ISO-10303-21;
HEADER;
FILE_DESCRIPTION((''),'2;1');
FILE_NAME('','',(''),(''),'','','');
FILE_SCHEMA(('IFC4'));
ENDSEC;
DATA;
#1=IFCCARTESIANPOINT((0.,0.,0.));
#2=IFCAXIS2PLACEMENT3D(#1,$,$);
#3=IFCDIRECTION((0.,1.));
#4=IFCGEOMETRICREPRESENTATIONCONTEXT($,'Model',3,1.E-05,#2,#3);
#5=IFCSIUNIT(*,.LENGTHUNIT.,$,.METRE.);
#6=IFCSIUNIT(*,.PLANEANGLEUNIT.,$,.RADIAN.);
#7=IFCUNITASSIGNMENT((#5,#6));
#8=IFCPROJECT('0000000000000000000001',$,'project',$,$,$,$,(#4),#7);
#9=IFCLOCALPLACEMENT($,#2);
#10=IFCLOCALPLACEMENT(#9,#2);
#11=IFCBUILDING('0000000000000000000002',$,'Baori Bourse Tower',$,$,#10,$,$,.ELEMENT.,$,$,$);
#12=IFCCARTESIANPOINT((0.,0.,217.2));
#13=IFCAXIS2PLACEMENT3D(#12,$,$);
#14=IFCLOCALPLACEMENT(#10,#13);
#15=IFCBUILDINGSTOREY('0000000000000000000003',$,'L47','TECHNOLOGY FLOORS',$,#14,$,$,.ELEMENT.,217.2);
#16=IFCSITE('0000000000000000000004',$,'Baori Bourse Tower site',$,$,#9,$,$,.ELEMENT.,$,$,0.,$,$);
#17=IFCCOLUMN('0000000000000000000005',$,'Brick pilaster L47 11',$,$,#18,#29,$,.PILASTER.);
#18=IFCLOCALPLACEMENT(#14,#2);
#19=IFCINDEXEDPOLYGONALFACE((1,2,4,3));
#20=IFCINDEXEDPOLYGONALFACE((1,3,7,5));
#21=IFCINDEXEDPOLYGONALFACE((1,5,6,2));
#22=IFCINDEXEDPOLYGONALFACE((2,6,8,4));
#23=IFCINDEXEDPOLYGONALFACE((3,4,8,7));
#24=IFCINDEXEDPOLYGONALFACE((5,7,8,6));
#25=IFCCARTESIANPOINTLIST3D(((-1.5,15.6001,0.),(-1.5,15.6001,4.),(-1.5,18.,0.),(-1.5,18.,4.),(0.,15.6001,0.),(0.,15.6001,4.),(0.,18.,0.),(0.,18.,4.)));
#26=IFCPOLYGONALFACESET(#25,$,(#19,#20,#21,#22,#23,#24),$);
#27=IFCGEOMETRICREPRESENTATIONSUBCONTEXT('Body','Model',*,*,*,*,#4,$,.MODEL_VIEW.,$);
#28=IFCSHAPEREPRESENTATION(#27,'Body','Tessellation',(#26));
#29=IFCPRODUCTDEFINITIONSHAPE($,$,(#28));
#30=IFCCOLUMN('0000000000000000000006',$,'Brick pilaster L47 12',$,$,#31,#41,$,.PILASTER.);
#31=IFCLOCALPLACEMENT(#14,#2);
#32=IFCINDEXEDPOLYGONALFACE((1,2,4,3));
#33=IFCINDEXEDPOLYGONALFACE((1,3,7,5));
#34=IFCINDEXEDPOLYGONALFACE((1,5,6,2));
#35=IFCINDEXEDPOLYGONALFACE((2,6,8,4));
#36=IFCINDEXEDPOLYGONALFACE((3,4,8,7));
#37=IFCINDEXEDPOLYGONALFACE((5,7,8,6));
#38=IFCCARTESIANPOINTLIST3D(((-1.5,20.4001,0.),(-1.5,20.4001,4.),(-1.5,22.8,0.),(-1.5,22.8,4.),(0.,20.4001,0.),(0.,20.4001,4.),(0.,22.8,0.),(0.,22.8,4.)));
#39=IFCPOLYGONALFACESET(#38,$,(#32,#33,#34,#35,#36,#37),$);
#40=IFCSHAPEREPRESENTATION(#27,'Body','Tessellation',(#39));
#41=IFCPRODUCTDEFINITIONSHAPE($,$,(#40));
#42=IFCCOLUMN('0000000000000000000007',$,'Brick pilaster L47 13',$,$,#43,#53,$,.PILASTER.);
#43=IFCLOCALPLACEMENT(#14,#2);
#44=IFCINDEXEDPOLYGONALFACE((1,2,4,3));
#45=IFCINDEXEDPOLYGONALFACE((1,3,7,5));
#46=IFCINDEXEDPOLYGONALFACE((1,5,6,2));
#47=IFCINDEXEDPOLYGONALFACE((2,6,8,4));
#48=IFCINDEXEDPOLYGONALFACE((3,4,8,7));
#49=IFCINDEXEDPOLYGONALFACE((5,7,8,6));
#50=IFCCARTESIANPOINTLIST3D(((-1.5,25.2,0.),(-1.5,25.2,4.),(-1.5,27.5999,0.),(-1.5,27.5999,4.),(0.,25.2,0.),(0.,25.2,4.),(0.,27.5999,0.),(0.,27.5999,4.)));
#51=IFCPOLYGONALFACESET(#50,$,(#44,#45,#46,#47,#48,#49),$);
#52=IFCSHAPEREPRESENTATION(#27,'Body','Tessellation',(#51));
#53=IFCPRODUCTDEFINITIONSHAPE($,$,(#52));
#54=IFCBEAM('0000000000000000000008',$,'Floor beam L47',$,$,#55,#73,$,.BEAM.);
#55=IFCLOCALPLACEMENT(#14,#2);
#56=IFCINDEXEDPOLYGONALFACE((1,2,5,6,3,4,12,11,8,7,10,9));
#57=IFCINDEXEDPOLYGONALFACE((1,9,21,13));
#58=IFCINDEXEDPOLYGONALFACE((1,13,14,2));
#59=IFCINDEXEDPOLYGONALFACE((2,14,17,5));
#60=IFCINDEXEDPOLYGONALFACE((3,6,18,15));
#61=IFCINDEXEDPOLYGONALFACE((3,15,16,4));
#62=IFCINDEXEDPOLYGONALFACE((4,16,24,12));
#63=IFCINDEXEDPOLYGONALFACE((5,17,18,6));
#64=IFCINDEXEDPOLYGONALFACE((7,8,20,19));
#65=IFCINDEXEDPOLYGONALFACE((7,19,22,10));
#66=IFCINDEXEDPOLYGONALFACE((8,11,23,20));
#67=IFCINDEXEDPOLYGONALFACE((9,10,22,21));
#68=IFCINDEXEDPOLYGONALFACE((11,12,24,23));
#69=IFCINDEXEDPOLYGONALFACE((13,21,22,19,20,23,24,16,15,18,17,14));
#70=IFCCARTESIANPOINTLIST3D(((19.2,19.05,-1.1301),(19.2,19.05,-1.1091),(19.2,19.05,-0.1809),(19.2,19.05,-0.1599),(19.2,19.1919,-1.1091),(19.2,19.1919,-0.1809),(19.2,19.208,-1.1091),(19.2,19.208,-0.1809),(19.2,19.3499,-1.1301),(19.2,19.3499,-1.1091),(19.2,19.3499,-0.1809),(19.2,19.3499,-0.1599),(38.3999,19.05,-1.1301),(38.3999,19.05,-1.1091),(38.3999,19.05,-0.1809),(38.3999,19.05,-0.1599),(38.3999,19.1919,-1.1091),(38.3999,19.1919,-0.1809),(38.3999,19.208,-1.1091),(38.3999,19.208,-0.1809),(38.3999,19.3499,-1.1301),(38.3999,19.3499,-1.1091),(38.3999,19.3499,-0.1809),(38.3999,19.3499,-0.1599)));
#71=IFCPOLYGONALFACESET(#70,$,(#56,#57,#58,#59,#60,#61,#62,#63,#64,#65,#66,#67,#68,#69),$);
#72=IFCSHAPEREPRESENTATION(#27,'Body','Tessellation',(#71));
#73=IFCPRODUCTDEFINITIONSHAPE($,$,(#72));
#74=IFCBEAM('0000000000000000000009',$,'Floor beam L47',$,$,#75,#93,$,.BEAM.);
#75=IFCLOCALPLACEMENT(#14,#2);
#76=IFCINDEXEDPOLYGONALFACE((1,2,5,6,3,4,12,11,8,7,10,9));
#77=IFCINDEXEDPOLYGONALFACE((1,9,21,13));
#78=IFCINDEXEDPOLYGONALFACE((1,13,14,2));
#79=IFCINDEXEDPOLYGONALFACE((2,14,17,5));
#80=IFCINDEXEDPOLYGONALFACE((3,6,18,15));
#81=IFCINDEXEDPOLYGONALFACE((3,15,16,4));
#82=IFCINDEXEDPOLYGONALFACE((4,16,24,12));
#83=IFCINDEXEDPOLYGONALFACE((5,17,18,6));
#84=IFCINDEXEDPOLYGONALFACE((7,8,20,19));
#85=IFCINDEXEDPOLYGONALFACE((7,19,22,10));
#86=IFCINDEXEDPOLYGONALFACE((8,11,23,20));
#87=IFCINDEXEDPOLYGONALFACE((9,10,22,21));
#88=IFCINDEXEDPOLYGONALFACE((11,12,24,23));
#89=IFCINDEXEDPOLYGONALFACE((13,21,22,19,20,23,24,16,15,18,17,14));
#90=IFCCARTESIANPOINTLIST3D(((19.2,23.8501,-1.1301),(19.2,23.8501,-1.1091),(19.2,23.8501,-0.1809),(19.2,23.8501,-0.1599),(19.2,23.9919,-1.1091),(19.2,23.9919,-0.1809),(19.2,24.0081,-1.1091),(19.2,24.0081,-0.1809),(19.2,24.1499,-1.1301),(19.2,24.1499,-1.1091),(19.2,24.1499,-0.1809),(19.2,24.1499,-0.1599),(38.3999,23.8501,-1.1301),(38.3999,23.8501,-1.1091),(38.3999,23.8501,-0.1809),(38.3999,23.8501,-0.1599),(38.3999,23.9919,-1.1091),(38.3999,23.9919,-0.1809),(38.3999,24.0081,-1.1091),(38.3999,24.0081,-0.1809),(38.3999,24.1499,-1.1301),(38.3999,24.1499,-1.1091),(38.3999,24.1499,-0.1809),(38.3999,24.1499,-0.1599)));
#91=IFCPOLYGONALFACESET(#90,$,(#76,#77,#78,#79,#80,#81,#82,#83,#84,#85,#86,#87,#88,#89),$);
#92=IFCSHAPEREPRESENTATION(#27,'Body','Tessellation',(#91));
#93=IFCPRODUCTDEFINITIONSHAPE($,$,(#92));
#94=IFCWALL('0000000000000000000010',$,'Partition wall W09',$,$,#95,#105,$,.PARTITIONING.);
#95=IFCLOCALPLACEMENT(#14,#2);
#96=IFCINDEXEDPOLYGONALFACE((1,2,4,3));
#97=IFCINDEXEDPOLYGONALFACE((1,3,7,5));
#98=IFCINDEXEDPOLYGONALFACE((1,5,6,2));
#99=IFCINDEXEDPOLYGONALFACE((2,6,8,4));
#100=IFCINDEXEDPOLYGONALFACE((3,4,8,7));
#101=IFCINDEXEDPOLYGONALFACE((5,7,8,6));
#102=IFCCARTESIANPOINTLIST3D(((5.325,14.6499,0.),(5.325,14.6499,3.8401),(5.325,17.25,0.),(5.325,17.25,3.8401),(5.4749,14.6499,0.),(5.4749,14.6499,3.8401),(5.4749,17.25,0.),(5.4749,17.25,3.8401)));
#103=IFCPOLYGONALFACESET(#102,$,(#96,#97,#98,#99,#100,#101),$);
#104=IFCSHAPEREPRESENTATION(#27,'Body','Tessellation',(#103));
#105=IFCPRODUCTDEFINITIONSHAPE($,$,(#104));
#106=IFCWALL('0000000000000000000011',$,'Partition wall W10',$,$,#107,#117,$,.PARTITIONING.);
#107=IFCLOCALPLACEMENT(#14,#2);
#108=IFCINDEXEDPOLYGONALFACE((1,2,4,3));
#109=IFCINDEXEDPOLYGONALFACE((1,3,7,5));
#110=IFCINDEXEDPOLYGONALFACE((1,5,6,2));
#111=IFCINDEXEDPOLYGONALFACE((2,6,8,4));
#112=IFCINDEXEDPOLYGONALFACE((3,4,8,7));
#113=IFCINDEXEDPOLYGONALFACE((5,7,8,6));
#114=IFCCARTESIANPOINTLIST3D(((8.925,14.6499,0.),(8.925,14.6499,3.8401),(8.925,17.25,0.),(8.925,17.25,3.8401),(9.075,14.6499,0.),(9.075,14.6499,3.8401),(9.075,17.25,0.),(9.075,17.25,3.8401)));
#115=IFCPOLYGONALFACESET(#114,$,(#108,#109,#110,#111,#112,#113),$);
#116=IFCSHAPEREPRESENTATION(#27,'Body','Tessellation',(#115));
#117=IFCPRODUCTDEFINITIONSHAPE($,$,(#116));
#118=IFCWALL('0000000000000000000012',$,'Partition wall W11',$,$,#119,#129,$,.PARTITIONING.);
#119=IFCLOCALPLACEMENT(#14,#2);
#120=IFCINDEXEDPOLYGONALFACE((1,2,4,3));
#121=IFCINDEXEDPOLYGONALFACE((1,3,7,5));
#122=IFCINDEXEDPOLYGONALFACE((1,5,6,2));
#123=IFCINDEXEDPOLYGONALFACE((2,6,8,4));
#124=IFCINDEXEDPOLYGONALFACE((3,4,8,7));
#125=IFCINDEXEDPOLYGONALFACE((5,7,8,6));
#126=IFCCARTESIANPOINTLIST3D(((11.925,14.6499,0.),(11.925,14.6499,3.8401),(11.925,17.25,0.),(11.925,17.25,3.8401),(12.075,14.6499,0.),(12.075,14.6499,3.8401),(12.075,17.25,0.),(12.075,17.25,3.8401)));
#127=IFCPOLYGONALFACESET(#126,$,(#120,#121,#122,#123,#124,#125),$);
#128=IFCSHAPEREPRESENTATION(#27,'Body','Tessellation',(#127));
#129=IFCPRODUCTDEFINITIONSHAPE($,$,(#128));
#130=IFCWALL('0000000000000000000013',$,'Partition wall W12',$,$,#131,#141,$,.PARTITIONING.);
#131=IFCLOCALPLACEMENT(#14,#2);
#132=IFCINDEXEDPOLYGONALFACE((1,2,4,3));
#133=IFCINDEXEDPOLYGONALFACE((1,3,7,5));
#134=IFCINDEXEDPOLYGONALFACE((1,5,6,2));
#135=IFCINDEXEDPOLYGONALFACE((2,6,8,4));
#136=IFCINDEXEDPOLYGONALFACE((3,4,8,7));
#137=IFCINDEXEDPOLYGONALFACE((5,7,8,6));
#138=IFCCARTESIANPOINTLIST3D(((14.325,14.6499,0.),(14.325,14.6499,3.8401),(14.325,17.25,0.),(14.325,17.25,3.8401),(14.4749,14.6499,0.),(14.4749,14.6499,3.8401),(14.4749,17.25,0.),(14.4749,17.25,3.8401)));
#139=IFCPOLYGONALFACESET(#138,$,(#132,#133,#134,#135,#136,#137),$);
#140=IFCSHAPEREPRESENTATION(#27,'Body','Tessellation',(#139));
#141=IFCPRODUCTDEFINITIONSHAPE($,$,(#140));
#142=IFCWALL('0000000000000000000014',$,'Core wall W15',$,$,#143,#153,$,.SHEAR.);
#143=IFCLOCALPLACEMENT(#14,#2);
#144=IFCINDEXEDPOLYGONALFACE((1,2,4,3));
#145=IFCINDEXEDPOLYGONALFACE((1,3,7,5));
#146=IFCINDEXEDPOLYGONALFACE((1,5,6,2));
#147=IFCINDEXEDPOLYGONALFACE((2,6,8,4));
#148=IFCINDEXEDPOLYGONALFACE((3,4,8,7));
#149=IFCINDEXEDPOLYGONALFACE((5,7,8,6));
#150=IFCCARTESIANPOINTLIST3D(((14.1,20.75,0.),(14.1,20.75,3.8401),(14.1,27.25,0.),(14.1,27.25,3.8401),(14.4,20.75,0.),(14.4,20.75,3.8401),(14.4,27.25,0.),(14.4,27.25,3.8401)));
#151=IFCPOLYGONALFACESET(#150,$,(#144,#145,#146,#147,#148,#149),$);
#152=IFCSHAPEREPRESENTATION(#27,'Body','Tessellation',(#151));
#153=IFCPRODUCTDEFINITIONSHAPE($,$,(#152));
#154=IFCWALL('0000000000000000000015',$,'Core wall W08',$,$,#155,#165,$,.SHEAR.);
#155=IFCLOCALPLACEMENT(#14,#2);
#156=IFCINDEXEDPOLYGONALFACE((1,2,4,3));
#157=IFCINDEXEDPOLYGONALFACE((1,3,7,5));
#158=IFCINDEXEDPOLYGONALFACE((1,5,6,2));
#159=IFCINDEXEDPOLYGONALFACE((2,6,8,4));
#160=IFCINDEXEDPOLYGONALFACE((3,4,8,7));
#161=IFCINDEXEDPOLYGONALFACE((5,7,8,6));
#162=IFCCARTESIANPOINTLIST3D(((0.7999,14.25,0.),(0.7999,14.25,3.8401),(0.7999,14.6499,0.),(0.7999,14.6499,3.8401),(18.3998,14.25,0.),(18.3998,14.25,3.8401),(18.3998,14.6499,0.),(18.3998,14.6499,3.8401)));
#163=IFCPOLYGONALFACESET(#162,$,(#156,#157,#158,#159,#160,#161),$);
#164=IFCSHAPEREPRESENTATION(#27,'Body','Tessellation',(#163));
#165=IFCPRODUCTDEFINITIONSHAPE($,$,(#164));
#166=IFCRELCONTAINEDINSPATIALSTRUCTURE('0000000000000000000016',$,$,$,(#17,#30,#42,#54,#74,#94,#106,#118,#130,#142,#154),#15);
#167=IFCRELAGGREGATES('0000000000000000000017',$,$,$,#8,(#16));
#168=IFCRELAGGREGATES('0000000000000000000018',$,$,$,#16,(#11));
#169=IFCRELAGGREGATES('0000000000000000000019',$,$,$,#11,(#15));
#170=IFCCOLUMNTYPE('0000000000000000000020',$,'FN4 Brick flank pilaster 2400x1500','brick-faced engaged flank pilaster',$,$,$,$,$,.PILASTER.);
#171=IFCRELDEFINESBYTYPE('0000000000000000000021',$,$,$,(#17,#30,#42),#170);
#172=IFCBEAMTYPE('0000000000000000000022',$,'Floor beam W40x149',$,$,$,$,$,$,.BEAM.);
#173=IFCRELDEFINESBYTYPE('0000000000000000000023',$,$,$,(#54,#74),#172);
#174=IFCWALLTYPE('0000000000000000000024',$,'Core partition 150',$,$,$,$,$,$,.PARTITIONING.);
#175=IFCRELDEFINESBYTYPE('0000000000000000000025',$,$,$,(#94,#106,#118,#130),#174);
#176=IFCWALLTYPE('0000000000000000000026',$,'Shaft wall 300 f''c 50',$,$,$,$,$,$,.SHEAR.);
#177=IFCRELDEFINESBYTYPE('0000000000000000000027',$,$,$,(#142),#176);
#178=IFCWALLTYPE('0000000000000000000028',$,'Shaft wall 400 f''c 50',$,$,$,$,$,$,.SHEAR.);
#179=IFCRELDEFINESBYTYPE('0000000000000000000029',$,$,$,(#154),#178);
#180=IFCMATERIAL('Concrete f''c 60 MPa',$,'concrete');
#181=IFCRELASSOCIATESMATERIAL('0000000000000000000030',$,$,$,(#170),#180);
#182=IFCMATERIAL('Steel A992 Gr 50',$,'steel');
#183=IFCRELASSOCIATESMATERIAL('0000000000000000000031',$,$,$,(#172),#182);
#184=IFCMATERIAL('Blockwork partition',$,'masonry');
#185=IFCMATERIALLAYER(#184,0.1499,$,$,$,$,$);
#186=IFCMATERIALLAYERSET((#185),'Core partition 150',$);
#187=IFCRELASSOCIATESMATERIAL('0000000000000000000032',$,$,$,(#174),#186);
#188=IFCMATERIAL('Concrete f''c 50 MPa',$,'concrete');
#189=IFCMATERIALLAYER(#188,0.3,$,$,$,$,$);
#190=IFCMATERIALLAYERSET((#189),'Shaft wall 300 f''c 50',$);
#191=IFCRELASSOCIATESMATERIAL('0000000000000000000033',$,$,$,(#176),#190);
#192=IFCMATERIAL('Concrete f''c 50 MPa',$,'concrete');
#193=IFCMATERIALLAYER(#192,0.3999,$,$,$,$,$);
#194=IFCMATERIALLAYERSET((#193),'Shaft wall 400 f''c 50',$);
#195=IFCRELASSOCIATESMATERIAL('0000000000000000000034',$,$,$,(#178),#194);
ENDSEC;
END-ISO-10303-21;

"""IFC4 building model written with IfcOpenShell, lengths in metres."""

from ifc_helpers import new_model, si_unit, direction, frame, frame_2d, origin, origin_2d, place, context, subcontext, project, spatial, rectangle, i_section, extrude, material, layer, layer_set, material_profile, profile_set, type_object, element, save


model = new_model("IFC4")

# Units and contexts
model_context = context("Model", 3, precision=1e-05, world=origin(), true_north=direction((0.0, 1.0)))
body_context = subcontext(model_context, "Body", "Model", "MODEL_VIEW")
ifc_project = project(units=[si_unit("LENGTHUNIT", "METRE"), si_unit("PLANEANGLEUNIT", "RADIAN")], contexts=[model_context])

# Site, building, storey
site_placement = place(None, origin())
site = spatial("IfcSite", under=ifc_project, at=site_placement, Name="Baori Bourse Tower site", CompositionType="ELEMENT", RefElevation=0.0)
building_placement = place(site_placement, origin())
building = spatial("IfcBuilding", under=site, at=building_placement, Name="Baori Bourse Tower", CompositionType="ELEMENT")
storey_placement = place(building_placement, frame((0.0, 0.0, 217.2)))
storey = spatial("IfcBuildingStorey", under=building, at=storey_placement, Name="L47", Description="TECHNOLOGY FLOORS", CompositionType="ELEMENT", Elevation=217.2)

# Columns
ifc_material_1 = material(Name="Concrete f'c 60 MPa", Category="concrete")
ifc_material_profile_1 = material_profile(ifc_material_1, rectangle(XDim=2.3999, YDim=1.5, at=origin_2d()), Name="RC 2400x1500")
ifc_profile_set_1 = profile_set([ifc_material_profile_1], Name="Concrete f'c 60 MPa")
column_type = type_object("IfcColumnType", Name="FN4 Brick flank pilaster 2400x1500", Description="brick-faced engaged flank pilaster", PredefinedType="PILASTER", material=ifc_profile_set_1)
for number, where, z_axis, x_axis, name in (
    (1, (-0.75, 16.8, 0.0), (0.0, 0.0, 1.0), (0.0, 1.0, 0.0), "Brick pilaster L47 11"),
    (2, (-0.75, 21.6001, 0.0), (0.0, 0.0, 1.0), (0.0, 1.0, 0.0), "Brick pilaster L47 12"),
    (3, (-0.75, 26.3999, 0.0), (0.0, 0.0, 1.0), (0.0, 1.0, 0.0), "Brick pilaster L47 13"),
):
    element("IfcColumn", number, at=place(storey_placement, frame(where, z_axis=z_axis, x_axis=x_axis)), inside=storey, type_object=column_type, Name=name, PredefinedType="PILASTER", context=body_context, shape_type="SweptSolid", body=[
        extrude(rectangle(XDim=2.3999, YDim=1.5, at=origin_2d()), origin(), (0.0, 0.0, 1.0), 4.0),
    ])

# Beams
ifc_material_2 = material(Name="Steel A992 Gr 50", Category="steel")
ifc_material_profile_2 = material_profile(ifc_material_2, i_section(OverallWidth=0.2998, OverallDepth=0.9702, WebThickness=0.0161, FlangeThickness=0.021, at=origin_2d()), Name="W40x149")
ifc_profile_set_2 = profile_set([ifc_material_profile_2], Name="Steel A992 Gr 50")
beam_type = type_object("IfcBeamType", Name="Floor beam W40x149", PredefinedType="BEAM", material=ifc_profile_set_2)
for number, where, z_axis, x_axis, name in (
    (4, (19.2, 19.2, -0.645), (1.0, 0.0, 0.0), (0.0, 1.0, 0.0), "Floor beam L47"),
    (5, (19.2, 24.0, -0.645), (1.0, 0.0, 0.0), (0.0, 1.0, 0.0), "Floor beam L47"),
):
    element("IfcBeam", number, at=place(storey_placement, frame(where, z_axis=z_axis, x_axis=x_axis)), inside=storey, type_object=beam_type, Name=name, PredefinedType="BEAM", context=body_context, shape_type="SweptSolid", body=[
        extrude(i_section(OverallWidth=0.2998, OverallDepth=0.9702, WebThickness=0.0161, FlangeThickness=0.021, at=origin_2d()), origin(), (0.0, 0.0, 1.0), 19.2),
    ])

# Walls
ifc_material_3 = material(Name="Blockwork partition", Category="masonry")
ifc_layer_1 = layer(ifc_material_3, 0.1499)
ifc_layer_set_1 = layer_set([ifc_layer_1], Name="Core partition 150")
wall_type_1 = type_object("IfcWallType", Name="Core partition 150", PredefinedType="PARTITIONING", material=ifc_layer_set_1)
for number, where, z_axis, x_axis, name in (
    (6, (5.3999, 14.6499, 0.0), (0.0, 0.0, 1.0), (0.0, 1.0, 0.0), "Partition wall W09"),
    (7, (9.0, 14.6499, 0.0), (0.0, 0.0, 1.0), (0.0, 1.0, 0.0), "Partition wall W10"),
    (8, (12.0, 14.6499, 0.0), (0.0, 0.0, 1.0), (0.0, 1.0, 0.0), "Partition wall W11"),
    (9, (14.3999, 14.6499, 0.0), (0.0, 0.0, 1.0), (0.0, 1.0, 0.0), "Partition wall W12"),
):
    element("IfcWall", number, at=place(storey_placement, frame(where, z_axis=z_axis, x_axis=x_axis)), inside=storey, type_object=wall_type_1, Name=name, PredefinedType="PARTITIONING", context=body_context, shape_type="SweptSolid", body=[
        extrude(rectangle(XDim=2.6001, YDim=0.1499, at=frame_2d((1.3, 0.0))), origin(), (0.0, 0.0, 1.0), 3.8401),
    ])
ifc_material_4 = material(Name="Concrete f'c 50 MPa", Category="concrete")
ifc_layer_2 = layer(ifc_material_4, 0.3)
ifc_layer_set_2 = layer_set([ifc_layer_2], Name="Shaft wall 300 f'c 50")
wall_type_2 = type_object("IfcWallType", Name="Shaft wall 300 f'c 50", PredefinedType="SHEAR", material=ifc_layer_set_2)
wall_1_placement = place(storey_placement, frame((14.25, 20.75, 0.0), z_axis=(0.0, 0.0, 1.0), x_axis=(0.0, 1.0, 0.0)))
element("IfcWall", 10, at=wall_1_placement, inside=storey, type_object=wall_type_2, Name="Core wall W15", PredefinedType="SHEAR", context=body_context, shape_type="SweptSolid", body=[
    extrude(rectangle(XDim=6.5, YDim=0.3, at=frame_2d((3.25, 0.0))), origin(), (0.0, 0.0, 1.0), 3.8401),
])
ifc_material_5 = material(Name="Concrete f'c 50 MPa", Category="concrete")
ifc_layer_3 = layer(ifc_material_5, 0.3999)
ifc_layer_set_3 = layer_set([ifc_layer_3], Name="Shaft wall 400 f'c 50")
wall_type_3 = type_object("IfcWallType", Name="Shaft wall 400 f'c 50", PredefinedType="SHEAR", material=ifc_layer_set_3)
wall_2_placement = place(storey_placement, frame((0.8, 14.45, 0.0), z_axis=(0.0, 0.0, 1.0), x_axis=(1.0, 0.0, 0.0)))
element("IfcWall", 11, at=wall_2_placement, inside=storey, type_object=wall_type_3, Name="Core wall W08", PredefinedType="SHEAR", context=body_context, shape_type="SweptSolid", body=[
    extrude(rectangle(XDim=17.5999, YDim=0.3999, at=frame_2d((8.7998, 0.0))), origin(), (0.0, 0.0, 1.0), 3.8401),
])

save(model, "model.ifc")
